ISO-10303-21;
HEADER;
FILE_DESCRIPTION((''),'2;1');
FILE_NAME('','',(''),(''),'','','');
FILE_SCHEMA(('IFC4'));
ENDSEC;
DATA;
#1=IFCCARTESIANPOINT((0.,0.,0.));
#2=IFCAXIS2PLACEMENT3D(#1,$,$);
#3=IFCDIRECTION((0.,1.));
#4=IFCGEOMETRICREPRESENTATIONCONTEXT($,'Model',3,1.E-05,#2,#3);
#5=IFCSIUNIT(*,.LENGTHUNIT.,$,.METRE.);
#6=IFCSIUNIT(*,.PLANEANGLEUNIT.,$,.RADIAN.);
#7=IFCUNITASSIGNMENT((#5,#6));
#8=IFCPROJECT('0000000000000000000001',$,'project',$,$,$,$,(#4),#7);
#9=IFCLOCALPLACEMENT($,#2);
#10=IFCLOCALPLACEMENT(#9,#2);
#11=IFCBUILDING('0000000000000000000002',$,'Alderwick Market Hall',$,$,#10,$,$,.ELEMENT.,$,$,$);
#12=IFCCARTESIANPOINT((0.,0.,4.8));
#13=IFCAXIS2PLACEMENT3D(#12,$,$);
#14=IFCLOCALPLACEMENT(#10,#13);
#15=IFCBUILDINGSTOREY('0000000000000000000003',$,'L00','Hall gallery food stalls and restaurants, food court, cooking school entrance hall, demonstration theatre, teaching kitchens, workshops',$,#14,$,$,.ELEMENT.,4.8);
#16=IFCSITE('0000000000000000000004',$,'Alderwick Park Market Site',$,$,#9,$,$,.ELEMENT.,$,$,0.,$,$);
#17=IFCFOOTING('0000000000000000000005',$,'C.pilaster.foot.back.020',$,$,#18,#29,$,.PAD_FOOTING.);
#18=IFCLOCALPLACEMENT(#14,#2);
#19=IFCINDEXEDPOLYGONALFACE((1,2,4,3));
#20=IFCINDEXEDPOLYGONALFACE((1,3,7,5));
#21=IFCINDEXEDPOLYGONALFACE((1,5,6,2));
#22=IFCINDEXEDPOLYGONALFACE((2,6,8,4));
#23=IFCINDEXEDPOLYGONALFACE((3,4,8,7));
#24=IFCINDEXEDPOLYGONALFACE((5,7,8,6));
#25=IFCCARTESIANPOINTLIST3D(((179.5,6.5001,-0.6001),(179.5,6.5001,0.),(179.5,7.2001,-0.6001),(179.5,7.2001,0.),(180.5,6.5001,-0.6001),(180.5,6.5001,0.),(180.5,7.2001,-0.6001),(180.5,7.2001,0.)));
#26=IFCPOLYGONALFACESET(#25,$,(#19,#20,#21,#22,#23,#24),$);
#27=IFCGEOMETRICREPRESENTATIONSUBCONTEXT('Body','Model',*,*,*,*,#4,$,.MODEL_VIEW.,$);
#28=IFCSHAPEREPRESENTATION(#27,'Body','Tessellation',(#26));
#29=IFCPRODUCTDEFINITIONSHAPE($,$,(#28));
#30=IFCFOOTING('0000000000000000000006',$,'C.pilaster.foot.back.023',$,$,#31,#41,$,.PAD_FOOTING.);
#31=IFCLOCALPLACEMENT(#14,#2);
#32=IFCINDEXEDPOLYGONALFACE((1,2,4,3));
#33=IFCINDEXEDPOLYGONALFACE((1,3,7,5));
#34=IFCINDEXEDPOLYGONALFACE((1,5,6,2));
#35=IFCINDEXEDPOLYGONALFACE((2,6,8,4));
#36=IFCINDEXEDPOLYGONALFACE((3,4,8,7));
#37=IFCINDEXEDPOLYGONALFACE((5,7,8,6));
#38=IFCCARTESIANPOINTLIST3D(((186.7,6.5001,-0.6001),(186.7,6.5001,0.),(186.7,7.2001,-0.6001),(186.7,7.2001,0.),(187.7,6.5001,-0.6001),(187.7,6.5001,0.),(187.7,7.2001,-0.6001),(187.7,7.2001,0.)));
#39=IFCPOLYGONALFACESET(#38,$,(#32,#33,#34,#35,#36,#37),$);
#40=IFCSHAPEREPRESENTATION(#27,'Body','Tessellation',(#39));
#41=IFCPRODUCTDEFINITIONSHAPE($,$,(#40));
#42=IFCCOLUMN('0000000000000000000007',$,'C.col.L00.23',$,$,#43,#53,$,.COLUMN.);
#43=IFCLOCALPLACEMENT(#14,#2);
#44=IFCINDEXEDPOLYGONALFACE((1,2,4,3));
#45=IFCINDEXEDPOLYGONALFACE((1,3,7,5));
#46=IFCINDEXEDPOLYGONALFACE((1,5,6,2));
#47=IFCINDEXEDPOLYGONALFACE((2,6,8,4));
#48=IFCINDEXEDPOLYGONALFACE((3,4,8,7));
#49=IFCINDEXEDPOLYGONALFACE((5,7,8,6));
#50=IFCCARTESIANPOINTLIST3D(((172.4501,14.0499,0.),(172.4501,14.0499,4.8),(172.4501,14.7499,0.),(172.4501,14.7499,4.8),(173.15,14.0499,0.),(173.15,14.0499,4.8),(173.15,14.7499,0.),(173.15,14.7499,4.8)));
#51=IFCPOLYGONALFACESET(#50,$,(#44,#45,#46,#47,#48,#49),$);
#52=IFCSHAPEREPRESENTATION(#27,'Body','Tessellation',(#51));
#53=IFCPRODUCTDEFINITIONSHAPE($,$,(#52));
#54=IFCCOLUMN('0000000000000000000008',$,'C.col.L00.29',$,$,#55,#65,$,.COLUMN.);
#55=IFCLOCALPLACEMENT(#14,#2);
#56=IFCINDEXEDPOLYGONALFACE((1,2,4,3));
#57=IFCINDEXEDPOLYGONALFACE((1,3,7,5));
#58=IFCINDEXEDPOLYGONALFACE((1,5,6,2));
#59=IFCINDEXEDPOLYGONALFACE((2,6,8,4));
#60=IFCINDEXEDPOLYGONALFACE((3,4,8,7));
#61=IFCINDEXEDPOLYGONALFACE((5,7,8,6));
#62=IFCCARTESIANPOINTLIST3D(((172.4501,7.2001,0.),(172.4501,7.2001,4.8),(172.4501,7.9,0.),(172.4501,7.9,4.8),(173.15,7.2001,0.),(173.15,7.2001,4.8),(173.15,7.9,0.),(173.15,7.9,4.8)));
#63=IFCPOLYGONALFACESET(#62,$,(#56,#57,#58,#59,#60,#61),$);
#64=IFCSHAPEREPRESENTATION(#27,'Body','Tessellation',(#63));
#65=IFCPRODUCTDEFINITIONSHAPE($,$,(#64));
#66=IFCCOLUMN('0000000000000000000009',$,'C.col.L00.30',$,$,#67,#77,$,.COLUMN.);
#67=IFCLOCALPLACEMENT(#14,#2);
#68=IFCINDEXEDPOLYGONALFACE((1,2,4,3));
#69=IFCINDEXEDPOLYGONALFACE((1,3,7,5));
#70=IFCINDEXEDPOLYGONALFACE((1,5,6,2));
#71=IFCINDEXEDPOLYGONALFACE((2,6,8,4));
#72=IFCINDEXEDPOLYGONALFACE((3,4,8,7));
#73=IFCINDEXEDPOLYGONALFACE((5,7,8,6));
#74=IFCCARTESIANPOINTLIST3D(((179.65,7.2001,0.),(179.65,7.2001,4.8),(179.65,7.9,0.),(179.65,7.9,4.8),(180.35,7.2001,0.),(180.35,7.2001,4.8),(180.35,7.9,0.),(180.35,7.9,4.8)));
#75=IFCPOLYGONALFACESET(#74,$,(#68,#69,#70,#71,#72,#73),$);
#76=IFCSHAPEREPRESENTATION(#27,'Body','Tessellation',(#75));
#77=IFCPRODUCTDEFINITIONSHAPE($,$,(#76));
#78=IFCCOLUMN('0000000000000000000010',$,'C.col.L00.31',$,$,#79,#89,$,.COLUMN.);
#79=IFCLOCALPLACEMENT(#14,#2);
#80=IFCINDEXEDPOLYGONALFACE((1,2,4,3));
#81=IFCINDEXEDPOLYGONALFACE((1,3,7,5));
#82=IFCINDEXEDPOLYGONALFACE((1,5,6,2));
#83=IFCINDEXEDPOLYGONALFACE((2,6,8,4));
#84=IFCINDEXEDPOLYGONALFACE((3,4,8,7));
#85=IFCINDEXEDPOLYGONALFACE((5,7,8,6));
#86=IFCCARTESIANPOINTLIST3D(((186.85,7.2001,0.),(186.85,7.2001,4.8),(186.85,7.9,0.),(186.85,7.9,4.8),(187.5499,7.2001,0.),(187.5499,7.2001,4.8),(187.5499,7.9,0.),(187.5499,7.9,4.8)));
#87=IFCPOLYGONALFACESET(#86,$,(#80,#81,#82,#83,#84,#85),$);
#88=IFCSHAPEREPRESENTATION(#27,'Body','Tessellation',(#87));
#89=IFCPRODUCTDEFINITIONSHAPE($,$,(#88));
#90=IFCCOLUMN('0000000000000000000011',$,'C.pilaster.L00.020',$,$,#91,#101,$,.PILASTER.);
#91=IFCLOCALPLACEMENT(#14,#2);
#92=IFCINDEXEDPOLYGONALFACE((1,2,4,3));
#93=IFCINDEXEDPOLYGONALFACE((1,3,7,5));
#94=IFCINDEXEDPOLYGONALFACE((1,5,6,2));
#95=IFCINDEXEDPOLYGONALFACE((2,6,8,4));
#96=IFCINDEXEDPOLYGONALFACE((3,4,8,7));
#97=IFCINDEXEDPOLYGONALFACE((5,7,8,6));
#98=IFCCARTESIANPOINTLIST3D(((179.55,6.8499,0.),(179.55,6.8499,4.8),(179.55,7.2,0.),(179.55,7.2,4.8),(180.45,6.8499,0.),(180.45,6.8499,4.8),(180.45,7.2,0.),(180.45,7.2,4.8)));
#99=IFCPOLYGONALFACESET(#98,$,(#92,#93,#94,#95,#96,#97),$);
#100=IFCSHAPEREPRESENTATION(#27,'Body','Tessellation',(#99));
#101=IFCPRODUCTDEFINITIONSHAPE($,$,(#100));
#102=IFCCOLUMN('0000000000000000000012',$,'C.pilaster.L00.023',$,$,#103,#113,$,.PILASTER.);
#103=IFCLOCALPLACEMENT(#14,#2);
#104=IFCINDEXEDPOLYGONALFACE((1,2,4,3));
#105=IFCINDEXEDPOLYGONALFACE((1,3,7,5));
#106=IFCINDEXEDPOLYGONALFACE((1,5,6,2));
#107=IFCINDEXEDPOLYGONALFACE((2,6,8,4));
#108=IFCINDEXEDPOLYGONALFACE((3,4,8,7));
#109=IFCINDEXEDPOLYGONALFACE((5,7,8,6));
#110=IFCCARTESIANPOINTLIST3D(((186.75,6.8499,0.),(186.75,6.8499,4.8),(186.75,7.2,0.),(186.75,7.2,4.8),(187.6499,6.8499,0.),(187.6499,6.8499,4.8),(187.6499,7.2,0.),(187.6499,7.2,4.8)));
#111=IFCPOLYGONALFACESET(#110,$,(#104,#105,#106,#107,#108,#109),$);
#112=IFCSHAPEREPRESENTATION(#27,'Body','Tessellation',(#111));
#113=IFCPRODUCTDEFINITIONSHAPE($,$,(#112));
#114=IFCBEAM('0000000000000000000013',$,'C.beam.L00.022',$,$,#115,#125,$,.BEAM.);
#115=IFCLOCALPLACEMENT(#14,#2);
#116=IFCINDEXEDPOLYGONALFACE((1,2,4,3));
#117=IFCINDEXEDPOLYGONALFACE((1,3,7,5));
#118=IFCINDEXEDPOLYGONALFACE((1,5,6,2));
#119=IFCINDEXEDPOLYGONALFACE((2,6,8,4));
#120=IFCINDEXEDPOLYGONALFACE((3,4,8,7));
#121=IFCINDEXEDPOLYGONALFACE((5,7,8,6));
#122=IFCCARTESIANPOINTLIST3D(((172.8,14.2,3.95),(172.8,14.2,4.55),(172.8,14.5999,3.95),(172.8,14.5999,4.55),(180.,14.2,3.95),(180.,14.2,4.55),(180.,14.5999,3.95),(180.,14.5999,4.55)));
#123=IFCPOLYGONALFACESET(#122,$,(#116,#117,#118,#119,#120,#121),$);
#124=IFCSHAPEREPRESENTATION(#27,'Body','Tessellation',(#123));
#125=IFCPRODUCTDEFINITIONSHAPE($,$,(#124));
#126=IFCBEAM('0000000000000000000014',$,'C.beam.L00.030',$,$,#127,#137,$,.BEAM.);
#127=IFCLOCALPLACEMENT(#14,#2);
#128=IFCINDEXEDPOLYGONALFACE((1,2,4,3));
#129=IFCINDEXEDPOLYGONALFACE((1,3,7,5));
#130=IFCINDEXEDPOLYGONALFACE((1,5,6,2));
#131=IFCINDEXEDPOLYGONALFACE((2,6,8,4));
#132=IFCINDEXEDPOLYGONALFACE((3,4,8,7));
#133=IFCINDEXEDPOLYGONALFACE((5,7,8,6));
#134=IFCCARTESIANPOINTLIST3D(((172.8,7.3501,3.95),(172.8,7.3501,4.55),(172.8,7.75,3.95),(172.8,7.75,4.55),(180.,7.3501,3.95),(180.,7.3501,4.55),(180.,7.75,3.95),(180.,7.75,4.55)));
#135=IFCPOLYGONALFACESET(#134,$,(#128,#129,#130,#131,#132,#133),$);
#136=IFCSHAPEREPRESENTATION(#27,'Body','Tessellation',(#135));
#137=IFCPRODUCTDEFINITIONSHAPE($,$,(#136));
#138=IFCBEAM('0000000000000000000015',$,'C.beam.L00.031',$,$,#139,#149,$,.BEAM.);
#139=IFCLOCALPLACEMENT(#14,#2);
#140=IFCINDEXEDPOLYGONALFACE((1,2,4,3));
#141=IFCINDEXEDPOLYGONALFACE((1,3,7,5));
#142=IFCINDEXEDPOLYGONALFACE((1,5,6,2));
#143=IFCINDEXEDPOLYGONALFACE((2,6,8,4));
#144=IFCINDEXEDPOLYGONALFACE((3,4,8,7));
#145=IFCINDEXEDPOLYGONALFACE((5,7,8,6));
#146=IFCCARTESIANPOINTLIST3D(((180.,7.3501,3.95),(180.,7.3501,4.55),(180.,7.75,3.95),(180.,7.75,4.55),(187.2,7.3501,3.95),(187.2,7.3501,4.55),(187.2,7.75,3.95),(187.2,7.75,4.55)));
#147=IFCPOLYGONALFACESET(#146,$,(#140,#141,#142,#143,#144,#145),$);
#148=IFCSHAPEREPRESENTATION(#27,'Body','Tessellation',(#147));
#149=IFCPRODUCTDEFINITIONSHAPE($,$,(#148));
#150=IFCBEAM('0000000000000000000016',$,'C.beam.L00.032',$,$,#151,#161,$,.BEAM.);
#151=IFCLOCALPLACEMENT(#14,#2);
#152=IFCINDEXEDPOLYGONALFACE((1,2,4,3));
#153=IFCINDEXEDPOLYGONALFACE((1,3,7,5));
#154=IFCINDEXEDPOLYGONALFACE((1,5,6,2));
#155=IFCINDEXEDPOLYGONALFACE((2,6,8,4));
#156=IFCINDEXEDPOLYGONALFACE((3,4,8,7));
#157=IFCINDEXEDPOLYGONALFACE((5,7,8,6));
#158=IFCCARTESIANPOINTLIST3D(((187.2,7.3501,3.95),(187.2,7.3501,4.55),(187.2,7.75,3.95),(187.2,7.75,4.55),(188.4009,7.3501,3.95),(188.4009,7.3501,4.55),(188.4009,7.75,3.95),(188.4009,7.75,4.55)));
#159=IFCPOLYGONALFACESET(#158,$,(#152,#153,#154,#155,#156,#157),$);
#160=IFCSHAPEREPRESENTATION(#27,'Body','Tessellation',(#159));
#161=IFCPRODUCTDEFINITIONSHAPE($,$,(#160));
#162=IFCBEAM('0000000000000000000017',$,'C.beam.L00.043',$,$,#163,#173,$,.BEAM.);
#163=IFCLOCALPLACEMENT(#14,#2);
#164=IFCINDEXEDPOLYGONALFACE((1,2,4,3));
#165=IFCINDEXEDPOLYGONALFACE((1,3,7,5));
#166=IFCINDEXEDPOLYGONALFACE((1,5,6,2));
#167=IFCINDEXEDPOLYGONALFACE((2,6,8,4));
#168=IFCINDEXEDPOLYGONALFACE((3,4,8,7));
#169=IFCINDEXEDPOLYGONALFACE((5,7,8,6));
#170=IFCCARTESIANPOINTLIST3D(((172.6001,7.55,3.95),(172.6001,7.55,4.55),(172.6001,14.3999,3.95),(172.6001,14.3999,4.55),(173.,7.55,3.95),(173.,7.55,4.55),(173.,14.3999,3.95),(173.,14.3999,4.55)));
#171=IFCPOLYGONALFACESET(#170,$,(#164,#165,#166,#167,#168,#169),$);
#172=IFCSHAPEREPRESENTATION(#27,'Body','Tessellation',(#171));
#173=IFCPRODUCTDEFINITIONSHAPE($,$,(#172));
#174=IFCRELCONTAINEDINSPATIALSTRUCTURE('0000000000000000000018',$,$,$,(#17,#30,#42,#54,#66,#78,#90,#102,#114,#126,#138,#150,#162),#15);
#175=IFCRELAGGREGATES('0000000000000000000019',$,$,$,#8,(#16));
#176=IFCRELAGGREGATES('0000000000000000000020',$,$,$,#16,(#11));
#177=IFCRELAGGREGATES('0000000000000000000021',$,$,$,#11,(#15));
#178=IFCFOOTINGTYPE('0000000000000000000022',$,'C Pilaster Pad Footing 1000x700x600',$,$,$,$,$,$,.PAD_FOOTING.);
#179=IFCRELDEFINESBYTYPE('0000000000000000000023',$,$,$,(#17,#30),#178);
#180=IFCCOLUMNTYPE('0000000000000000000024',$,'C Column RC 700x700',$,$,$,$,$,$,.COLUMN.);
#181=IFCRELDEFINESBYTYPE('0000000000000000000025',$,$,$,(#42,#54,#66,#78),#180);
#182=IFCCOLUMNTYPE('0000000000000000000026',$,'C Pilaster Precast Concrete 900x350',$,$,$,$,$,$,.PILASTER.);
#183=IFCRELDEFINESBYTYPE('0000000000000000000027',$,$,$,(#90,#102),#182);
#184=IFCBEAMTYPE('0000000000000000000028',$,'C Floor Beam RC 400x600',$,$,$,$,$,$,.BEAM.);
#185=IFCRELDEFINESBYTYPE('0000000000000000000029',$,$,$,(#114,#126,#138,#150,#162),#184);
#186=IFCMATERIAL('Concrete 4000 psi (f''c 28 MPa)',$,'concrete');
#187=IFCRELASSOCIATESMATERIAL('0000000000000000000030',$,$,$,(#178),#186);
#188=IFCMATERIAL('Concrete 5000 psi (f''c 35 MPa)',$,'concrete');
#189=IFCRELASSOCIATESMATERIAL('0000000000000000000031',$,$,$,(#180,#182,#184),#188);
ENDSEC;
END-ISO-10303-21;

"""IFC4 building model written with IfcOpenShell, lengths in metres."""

from ifc_helpers import new_model, si_unit, direction, frame, origin, origin_2d, place, context, subcontext, project, spatial, rectangle, extrude, material, material_profile, profile_set, type_object, element, save


model = new_model("IFC4")

# Units and contexts
model_context = context("Model", 3, precision=1e-05, world=origin(), true_north=direction((0.0, 1.0)))
body_context = subcontext(model_context, "Body", "Model", "MODEL_VIEW")
ifc_project = project(units=[si_unit("LENGTHUNIT", "METRE"), si_unit("PLANEANGLEUNIT", "RADIAN")], contexts=[model_context])

# Site, building, storey
site_placement = place(None, origin())
site = spatial("IfcSite", under=ifc_project, at=site_placement, Name="Alderwick Park Market Site", CompositionType="ELEMENT", RefElevation=0.0)
building_placement = place(site_placement, origin())
building = spatial("IfcBuilding", under=site, at=building_placement, Name="Alderwick Market Hall", CompositionType="ELEMENT")
storey_placement = place(building_placement, frame((0.0, 0.0, 4.8)))
storey = spatial("IfcBuildingStorey", under=building, at=storey_placement, Name="L00", Description="Hall gallery food stalls and restaurants, food court, cooking school entrance hall, demonstration theatre, teaching kitchens, workshops", CompositionType="ELEMENT", Elevation=4.8)

# Footings
ifc_material_1 = material(Name="Concrete 4000 psi (f'c 28 MPa)", Category="concrete")
footing_type = type_object("IfcFootingType", Name="C Pilaster Pad Footing 1000x700x600", PredefinedType="PAD_FOOTING", material=ifc_material_1)
for number, where, z_axis, x_axis, name in (
    (1, (180.0, 6.8501, -0.6001), (0.0, 0.0, 1.0), (1.0, 0.0, 0.0), "C.pilaster.foot.back.020"),
    (2, (187.2, 6.8501, -0.6001), (0.0, 0.0, 1.0), (1.0, 0.0, 0.0), "C.pilaster.foot.back.023"),
):
    element("IfcFooting", number, at=place(storey_placement, frame(where, z_axis=z_axis, x_axis=x_axis)), inside=storey, type_object=footing_type, Name=name, PredefinedType="PAD_FOOTING", context=body_context, shape_type="SweptSolid", body=[
        extrude(rectangle(XDim=1.0, YDim=0.7, at=origin_2d()), origin(), (0.0, 0.0, 1.0), 0.6001),
    ])

# Columns
ifc_material_2 = material(Name="Concrete 5000 psi (f'c 35 MPa)", Category="concrete")
ifc_material_profile_1 = material_profile(ifc_material_2, rectangle(XDim=0.7, YDim=0.7, at=origin_2d()), Name="RC 700x700")
ifc_profile_set_1 = profile_set([ifc_material_profile_1], Name="Concrete 5000 psi (f'c 35 MPa)")
column_type_1 = type_object("IfcColumnType", Name="C Column RC 700x700", PredefinedType="COLUMN", material=ifc_profile_set_1)
for number, where, z_axis, x_axis, name in (
    (3, (172.8, 14.3999, 0.0), (0.0, 0.0, 1.0), (1.0, 0.0, 0.0), "C.col.L00.23"),
    (4, (172.8, 7.55, 0.0), (0.0, 0.0, 1.0), (1.0, 0.0, 0.0), "C.col.L00.29"),
    (5, (180.0, 7.55, 0.0), (0.0, 0.0, 1.0), (1.0, 0.0, 0.0), "C.col.L00.30"),
    (6, (187.2, 7.55, 0.0), (0.0, 0.0, 1.0), (1.0, 0.0, 0.0), "C.col.L00.31"),
):
    element("IfcColumn", number, at=place(storey_placement, frame(where, z_axis=z_axis, x_axis=x_axis)), inside=storey, type_object=column_type_1, Name=name, PredefinedType="COLUMN", context=body_context, shape_type="SweptSolid", body=[
        extrude(rectangle(XDim=0.7, YDim=0.7, at=origin_2d()), origin(), (0.0, 0.0, 1.0), 4.8),
    ])
ifc_material_profile_2 = material_profile(ifc_material_2, rectangle(XDim=0.8999, YDim=0.3501, at=origin_2d()), Name="PC 900x350")
ifc_profile_set_2 = profile_set([ifc_material_profile_2], Name="Concrete 5000 psi (f'c 35 MPa)")
column_type_2 = type_object("IfcColumnType", Name="C Pilaster Precast Concrete 900x350", PredefinedType="PILASTER", material=ifc_profile_set_2)
for number, where, z_axis, x_axis, name in (
    (7, (180.0, 7.0249, 0.0), (0.0, 0.0, 1.0), (1.0, 0.0, 0.0), "C.pilaster.L00.020"),
    (8, (187.2, 7.0249, 0.0), (0.0, 0.0, 1.0), (1.0, 0.0, 0.0), "C.pilaster.L00.023"),
):
    element("IfcColumn", number, at=place(storey_placement, frame(where, z_axis=z_axis, x_axis=x_axis)), inside=storey, type_object=column_type_2, Name=name, PredefinedType="PILASTER", context=body_context, shape_type="SweptSolid", body=[
        extrude(rectangle(XDim=0.8999, YDim=0.3501, at=origin_2d()), origin(), (0.0, 0.0, 1.0), 4.8),
    ])

# Beams
ifc_material_profile_3 = material_profile(ifc_material_2, rectangle(XDim=0.3999, YDim=0.6001, at=origin_2d()), Name="RC 400x600")
ifc_profile_set_3 = profile_set([ifc_material_profile_3], Name="Concrete 5000 psi (f'c 35 MPa)")
beam_type = type_object("IfcBeamType", Name="C Floor Beam RC 400x600", PredefinedType="BEAM", material=ifc_profile_set_3)
for number, where, z_axis, x_axis, name in (
    (9, (172.8, 14.3999, 4.25), (1.0, 0.0, 0.0), (0.0, 1.0, 0.0), "C.beam.L00.022"),
    (10, (172.8, 7.55, 4.25), (1.0, 0.0, 0.0), (0.0, 1.0, 0.0), "C.beam.L00.030"),
    (11, (180.0, 7.55, 4.25), (1.0, 0.0, 0.0), (0.0, 1.0, 0.0), "C.beam.L00.031"),
):
    element("IfcBeam", number, at=place(storey_placement, frame(where, z_axis=z_axis, x_axis=x_axis)), inside=storey, type_object=beam_type, Name=name, PredefinedType="BEAM", context=body_context, shape_type="SweptSolid", body=[
        extrude(rectangle(XDim=0.3999, YDim=0.6001, at=origin_2d()), origin(), (0.0, 0.0, 1.0), 7.2),
    ])
beam_1_placement = place(storey_placement, frame((187.2, 7.55, 4.25), z_axis=(1.0, 0.0, 0.0), x_axis=(0.0, 1.0, 0.0)))
element("IfcBeam", 12, at=beam_1_placement, inside=storey, type_object=beam_type, Name="C.beam.L00.032", PredefinedType="BEAM", context=body_context, shape_type="SweptSolid", body=[
    extrude(rectangle(XDim=0.3999, YDim=0.6001, at=origin_2d()), origin(), (0.0, 0.0, 1.0), 1.2009),
])
beam_2_placement = place(storey_placement, frame((172.8, 14.3999, 4.25), z_axis=(0.0, -1.0, 0.0), x_axis=(1.0, 0.0, 0.0)))
element("IfcBeam", 13, at=beam_2_placement, inside=storey, type_object=beam_type, Name="C.beam.L00.043", PredefinedType="BEAM", context=body_context, shape_type="SweptSolid", body=[
    extrude(rectangle(XDim=0.3999, YDim=0.6001, at=origin_2d()), origin(), (0.0, 0.0, 1.0), 6.8499),
])

save(model, "model.ifc")
